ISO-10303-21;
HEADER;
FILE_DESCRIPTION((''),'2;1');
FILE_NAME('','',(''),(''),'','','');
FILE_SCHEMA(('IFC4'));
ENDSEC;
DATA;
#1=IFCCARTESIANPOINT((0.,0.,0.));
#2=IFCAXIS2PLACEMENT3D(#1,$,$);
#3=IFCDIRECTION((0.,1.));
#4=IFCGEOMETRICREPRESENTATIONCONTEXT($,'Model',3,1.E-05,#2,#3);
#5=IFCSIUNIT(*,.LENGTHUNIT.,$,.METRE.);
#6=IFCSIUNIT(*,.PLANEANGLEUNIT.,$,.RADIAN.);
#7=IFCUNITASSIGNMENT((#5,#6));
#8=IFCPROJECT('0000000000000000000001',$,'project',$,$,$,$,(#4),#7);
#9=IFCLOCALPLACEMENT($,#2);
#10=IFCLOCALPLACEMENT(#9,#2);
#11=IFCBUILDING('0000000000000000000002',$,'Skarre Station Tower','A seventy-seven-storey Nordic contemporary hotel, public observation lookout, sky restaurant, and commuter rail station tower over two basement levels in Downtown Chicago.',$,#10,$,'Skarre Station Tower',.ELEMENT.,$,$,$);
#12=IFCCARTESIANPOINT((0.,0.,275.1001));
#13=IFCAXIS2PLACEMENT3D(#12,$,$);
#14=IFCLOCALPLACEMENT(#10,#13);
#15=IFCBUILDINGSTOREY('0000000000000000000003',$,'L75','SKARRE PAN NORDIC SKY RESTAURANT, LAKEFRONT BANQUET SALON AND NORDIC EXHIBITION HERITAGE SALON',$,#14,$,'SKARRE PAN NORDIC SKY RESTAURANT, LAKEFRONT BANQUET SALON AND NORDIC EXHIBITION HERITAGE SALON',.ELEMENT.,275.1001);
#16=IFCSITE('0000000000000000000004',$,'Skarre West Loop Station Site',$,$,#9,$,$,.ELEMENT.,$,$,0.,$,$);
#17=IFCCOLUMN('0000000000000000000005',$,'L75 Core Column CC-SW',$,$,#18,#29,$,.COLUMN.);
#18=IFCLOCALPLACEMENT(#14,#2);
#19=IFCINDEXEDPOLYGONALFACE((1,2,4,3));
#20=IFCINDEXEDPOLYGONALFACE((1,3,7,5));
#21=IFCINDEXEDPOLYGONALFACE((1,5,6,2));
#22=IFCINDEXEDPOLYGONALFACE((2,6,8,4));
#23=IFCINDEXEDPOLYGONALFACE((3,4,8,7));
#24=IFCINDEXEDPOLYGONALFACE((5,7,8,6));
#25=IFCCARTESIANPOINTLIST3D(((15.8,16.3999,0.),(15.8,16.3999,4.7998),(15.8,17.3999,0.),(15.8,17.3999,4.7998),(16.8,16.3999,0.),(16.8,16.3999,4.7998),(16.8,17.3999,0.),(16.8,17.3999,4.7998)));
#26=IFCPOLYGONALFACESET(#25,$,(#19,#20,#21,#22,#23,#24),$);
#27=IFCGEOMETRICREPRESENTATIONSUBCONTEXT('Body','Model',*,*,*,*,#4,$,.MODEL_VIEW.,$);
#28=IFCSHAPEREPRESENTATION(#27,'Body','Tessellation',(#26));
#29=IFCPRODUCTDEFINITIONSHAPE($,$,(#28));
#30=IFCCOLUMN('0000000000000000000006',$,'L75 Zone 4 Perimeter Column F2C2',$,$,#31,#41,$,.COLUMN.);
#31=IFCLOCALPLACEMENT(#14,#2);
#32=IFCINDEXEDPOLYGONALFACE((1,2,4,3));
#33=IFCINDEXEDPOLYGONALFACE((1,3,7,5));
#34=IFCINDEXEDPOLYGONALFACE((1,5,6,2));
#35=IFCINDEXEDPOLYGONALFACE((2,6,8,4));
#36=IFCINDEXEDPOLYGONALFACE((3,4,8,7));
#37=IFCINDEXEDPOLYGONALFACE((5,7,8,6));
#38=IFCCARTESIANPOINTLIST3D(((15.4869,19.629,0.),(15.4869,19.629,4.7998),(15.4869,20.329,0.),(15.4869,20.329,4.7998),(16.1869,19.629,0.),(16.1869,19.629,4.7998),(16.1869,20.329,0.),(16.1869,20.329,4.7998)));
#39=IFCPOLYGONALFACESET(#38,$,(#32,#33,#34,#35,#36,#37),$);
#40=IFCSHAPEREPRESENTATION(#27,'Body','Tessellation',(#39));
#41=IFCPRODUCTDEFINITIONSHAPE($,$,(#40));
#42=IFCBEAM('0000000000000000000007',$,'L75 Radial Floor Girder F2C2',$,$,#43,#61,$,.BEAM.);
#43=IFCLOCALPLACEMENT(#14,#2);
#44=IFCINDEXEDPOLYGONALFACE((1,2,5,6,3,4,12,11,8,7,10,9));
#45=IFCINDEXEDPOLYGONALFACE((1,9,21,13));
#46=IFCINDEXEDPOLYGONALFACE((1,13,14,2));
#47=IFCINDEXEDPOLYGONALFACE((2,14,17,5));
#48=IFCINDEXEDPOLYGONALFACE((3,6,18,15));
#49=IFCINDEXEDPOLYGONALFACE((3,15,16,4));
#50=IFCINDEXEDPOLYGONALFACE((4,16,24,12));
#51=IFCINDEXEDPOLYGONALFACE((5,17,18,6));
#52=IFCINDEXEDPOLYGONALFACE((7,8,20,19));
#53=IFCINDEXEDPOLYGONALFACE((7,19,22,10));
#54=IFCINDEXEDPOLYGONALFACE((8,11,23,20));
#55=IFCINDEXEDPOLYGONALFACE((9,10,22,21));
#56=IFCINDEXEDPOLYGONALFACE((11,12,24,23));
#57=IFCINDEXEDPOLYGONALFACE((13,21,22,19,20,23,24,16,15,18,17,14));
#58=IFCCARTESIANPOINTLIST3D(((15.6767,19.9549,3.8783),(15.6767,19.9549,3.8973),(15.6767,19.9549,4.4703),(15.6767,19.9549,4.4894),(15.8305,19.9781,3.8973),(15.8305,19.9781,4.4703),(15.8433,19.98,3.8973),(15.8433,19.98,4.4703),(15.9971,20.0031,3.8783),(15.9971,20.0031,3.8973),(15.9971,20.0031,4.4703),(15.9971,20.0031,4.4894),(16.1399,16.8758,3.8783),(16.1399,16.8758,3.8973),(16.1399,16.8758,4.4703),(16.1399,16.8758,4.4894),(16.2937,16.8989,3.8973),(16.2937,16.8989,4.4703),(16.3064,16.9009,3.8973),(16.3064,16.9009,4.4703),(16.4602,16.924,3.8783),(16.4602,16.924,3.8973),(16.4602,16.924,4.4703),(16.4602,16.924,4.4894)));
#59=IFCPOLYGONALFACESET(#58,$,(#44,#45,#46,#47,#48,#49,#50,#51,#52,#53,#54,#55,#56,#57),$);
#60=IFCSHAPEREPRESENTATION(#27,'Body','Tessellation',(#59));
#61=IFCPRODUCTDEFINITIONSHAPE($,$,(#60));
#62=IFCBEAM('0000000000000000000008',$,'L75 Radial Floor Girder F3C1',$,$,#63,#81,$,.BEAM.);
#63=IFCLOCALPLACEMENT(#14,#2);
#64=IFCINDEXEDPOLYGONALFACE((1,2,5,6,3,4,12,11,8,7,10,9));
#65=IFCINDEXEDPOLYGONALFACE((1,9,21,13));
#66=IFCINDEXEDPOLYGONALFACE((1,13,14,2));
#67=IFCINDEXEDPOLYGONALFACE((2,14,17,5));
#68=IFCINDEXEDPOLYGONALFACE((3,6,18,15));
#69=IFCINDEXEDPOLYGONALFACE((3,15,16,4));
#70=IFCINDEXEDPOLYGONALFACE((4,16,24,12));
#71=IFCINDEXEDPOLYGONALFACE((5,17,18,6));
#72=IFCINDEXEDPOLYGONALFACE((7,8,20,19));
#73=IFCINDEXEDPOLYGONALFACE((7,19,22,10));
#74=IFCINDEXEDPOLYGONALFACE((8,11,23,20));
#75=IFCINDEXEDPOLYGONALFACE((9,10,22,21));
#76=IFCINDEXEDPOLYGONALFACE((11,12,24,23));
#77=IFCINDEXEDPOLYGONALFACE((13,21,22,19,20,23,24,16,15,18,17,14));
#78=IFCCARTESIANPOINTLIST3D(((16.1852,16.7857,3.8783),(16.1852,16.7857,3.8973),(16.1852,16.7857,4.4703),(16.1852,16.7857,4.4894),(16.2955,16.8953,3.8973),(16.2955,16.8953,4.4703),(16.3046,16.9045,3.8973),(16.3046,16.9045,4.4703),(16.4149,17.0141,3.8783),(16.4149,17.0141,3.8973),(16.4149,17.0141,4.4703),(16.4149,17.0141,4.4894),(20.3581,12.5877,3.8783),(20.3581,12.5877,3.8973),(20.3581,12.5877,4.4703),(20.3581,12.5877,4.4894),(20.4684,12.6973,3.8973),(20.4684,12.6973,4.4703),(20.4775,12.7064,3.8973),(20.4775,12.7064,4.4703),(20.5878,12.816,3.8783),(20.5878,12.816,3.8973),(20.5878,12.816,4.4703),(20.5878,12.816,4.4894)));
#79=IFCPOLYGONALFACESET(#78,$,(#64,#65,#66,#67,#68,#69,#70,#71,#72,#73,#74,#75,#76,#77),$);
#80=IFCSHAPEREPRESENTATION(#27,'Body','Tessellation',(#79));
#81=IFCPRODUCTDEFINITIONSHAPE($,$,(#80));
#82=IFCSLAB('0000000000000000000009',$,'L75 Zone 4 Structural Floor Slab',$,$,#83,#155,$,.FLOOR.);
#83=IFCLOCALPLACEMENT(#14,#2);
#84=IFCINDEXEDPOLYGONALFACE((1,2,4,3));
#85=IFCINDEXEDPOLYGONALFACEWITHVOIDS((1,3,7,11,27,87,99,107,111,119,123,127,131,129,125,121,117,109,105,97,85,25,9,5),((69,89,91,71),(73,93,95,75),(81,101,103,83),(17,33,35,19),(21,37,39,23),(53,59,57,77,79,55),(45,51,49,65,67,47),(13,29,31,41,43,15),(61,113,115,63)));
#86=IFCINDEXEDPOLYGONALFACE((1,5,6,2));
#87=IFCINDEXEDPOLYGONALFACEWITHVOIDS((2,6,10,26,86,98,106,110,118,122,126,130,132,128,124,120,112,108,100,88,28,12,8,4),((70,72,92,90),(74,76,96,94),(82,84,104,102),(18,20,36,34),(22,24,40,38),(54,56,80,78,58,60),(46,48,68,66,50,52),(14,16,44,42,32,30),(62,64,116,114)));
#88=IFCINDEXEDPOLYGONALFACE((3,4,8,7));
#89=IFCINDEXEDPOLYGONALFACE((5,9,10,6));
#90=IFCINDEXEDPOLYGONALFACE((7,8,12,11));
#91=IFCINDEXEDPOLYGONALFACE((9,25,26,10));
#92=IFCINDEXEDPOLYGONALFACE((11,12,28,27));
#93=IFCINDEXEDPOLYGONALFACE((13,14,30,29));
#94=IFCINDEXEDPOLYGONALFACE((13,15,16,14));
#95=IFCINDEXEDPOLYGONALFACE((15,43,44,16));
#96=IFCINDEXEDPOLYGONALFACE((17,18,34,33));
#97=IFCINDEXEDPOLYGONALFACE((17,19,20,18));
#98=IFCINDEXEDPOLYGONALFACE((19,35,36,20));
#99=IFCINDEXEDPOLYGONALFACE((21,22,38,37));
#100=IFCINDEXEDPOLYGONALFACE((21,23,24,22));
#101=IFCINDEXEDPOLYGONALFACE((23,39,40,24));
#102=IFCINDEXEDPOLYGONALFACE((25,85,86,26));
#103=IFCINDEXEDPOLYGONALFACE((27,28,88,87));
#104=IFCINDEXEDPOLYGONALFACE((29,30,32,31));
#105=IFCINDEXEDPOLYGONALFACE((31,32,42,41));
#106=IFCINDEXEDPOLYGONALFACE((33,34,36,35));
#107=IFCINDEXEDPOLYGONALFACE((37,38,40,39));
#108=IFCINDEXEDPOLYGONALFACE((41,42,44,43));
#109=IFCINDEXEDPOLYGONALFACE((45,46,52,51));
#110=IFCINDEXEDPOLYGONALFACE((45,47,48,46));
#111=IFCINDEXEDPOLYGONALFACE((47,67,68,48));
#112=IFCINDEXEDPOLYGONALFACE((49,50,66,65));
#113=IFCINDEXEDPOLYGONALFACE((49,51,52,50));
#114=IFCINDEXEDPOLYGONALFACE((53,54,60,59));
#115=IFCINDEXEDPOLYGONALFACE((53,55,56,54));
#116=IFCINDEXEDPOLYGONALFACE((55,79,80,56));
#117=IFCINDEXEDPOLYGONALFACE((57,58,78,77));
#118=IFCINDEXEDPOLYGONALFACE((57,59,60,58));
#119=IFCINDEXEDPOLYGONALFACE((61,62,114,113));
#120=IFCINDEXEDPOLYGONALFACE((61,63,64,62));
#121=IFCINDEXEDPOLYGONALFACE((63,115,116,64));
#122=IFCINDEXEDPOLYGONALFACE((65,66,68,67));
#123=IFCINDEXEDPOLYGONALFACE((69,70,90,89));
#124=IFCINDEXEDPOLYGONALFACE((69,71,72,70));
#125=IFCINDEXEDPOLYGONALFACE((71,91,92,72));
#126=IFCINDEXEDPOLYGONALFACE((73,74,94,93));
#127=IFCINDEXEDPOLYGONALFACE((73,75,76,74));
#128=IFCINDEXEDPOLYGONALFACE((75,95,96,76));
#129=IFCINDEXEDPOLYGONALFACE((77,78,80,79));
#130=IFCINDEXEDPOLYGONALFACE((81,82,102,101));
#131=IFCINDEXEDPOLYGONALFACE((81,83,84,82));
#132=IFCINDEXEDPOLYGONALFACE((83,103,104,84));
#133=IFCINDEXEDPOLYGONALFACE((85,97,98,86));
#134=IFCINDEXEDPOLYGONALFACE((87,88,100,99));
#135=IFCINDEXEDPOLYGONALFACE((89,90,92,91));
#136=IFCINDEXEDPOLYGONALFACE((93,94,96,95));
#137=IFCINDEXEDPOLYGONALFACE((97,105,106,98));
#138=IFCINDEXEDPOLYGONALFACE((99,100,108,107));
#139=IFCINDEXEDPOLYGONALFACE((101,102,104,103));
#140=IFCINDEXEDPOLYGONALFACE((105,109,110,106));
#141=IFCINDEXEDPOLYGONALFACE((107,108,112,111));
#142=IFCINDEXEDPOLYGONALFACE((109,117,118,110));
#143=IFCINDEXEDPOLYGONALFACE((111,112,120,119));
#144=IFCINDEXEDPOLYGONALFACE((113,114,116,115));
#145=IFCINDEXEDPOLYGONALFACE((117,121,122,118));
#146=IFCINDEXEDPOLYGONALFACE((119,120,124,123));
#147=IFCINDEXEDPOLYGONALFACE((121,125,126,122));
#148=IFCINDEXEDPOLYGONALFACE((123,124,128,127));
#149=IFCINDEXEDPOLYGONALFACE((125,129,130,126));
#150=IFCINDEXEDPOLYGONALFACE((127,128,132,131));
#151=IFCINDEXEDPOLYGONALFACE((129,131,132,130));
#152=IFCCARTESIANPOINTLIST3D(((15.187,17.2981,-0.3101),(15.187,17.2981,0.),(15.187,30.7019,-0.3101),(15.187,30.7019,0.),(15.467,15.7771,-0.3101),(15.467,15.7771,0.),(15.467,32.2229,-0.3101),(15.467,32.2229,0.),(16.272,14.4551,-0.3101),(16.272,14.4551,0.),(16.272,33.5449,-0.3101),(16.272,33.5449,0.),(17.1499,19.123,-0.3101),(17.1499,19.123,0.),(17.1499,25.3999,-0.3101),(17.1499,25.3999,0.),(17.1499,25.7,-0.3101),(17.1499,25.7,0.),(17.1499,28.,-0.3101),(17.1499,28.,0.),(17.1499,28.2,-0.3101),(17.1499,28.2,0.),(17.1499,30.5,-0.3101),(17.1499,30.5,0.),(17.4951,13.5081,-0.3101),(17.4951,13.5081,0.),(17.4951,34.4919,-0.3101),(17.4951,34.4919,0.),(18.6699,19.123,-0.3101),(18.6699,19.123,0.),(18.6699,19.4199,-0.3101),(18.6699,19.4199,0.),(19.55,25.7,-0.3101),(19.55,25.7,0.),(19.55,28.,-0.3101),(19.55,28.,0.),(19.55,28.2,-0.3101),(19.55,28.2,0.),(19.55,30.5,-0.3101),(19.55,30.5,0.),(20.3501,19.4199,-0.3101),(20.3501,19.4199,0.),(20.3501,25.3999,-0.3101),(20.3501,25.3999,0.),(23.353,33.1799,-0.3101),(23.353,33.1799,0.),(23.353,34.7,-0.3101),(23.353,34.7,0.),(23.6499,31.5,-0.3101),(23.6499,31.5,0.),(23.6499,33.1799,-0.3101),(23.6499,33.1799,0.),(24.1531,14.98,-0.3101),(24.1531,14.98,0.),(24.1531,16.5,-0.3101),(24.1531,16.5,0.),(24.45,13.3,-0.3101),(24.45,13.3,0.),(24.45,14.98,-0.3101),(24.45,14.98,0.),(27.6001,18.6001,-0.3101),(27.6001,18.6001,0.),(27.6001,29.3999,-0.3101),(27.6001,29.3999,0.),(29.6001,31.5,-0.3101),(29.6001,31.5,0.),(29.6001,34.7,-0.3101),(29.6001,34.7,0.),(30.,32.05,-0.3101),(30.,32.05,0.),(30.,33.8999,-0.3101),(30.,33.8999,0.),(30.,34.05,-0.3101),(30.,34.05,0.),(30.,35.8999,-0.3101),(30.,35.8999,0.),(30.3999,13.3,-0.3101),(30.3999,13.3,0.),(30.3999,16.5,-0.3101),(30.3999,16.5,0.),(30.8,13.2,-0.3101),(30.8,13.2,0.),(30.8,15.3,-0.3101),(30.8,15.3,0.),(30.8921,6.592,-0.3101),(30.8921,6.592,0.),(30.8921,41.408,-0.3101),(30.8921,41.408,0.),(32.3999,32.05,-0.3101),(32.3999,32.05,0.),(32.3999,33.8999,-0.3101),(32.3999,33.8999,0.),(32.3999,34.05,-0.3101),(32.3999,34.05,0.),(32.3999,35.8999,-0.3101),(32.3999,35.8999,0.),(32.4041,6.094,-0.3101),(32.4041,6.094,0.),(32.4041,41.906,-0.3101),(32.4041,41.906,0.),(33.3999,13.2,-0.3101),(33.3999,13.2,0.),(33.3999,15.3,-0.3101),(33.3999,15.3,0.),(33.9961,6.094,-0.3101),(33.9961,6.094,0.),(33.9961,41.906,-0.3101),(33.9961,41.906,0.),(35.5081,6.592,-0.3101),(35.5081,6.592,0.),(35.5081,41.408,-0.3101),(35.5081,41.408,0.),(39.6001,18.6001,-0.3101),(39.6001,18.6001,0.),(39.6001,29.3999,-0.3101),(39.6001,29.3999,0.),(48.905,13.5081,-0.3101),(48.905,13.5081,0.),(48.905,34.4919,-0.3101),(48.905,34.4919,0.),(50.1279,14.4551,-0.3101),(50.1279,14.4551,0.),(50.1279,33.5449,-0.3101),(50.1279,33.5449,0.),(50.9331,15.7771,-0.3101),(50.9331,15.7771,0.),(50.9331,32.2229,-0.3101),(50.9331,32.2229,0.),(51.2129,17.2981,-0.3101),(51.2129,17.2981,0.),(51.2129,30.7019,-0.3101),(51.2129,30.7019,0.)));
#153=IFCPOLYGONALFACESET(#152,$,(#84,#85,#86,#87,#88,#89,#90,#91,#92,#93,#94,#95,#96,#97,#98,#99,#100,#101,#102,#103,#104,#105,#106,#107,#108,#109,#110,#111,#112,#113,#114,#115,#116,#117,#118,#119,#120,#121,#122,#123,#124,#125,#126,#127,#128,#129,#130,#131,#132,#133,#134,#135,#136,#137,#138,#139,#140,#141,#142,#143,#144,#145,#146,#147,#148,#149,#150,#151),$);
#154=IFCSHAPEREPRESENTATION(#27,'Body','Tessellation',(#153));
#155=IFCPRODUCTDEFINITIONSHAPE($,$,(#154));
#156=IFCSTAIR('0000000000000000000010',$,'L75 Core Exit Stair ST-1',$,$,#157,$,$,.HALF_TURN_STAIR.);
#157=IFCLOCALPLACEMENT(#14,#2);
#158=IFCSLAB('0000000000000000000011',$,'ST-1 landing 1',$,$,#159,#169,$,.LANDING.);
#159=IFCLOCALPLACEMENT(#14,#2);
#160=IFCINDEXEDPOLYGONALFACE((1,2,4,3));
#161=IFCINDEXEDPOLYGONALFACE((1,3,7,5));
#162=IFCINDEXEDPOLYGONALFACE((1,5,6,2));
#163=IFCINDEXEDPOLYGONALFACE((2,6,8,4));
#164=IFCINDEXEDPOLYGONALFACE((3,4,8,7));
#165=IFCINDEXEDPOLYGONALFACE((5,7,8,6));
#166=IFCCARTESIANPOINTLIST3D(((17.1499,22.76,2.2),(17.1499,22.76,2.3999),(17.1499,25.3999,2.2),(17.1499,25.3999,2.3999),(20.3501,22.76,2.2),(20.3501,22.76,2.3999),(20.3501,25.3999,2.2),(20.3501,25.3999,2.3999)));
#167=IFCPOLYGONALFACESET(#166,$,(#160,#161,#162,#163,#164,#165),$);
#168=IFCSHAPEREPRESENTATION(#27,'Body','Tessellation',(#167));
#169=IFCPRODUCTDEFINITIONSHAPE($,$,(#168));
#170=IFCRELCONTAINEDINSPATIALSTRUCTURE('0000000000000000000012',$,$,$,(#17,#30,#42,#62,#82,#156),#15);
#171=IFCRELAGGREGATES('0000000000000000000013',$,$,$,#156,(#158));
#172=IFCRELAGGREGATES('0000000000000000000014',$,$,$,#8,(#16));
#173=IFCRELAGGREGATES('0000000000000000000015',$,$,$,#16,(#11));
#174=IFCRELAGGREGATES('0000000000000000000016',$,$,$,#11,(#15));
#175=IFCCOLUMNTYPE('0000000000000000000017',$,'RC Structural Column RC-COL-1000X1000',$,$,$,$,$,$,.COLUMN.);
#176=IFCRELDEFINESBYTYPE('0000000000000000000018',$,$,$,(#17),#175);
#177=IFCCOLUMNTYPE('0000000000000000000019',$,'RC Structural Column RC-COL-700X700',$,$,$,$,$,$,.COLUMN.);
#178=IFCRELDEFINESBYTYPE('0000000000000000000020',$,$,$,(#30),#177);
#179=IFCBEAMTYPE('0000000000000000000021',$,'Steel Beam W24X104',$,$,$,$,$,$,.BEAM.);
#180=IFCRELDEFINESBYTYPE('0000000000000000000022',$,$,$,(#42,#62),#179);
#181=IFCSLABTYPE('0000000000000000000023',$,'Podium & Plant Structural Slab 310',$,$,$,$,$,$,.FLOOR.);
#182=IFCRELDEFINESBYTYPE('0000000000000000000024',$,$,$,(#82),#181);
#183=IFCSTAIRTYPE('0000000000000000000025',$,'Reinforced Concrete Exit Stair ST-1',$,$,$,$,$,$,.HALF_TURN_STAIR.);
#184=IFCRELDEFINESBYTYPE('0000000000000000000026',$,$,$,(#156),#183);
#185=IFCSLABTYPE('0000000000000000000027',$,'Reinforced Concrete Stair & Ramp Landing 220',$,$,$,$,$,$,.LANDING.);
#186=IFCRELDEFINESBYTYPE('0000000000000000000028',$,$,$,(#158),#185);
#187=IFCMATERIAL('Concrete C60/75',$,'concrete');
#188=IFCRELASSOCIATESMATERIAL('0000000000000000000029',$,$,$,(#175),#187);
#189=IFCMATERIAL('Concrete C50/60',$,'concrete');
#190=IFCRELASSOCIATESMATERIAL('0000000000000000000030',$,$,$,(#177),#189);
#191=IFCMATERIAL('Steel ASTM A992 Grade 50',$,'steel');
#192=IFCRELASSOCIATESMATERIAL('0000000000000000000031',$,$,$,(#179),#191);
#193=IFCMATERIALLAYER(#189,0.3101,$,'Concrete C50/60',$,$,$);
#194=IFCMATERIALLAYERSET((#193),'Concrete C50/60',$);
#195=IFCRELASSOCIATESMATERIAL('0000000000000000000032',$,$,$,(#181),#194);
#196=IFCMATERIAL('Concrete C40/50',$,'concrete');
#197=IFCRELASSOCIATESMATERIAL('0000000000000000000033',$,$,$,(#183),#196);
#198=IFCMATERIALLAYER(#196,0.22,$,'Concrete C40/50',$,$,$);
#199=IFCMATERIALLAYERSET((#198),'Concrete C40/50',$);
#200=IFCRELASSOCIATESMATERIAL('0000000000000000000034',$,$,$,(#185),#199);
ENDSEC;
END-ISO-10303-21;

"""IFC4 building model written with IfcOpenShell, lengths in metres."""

from ifc_helpers import new_model, si_unit, direction, frame, origin, origin_2d, place, context, subcontext, project, spatial, polyline, rectangle, i_section, outline, extrude, material, layer, layer_set, material_profile, profile_set, type_object, element, aggregate, save


model = new_model("IFC4")

# Units and contexts
model_context = context("Model", 3, precision=1e-05, world=origin(), true_north=direction((0.0, 1.0)))
body_context = subcontext(model_context, "Body", "Model", "MODEL_VIEW")
ifc_project = project(units=[si_unit("LENGTHUNIT", "METRE"), si_unit("PLANEANGLEUNIT", "RADIAN")], contexts=[model_context])

# Site, building, storey
site_placement = place(None, origin())
site = spatial("IfcSite", under=ifc_project, at=site_placement, Name="Skarre West Loop Station Site", CompositionType="ELEMENT", RefElevation=0.0)
building_placement = place(site_placement, origin())
building = spatial("IfcBuilding", under=site, at=building_placement, Name="Skarre Station Tower", Description="A seventy-seven-storey Nordic contemporary hotel, public observation lookout, sky restaurant, and commuter rail station tower over two basement levels in Downtown Chicago.", LongName="Skarre Station Tower", CompositionType="ELEMENT")
storey_placement = place(building_placement, frame((0.0, 0.0, 275.1001)))
storey = spatial("IfcBuildingStorey", under=building, at=storey_placement, Name="L75", Description="SKARRE PAN NORDIC SKY RESTAURANT, LAKEFRONT BANQUET SALON AND NORDIC EXHIBITION HERITAGE SALON", LongName="SKARRE PAN NORDIC SKY RESTAURANT, LAKEFRONT BANQUET SALON AND NORDIC EXHIBITION HERITAGE SALON", CompositionType="ELEMENT", Elevation=275.1001)

# Columns
ifc_material_1 = material(Name="Concrete C60/75", Category="concrete")
ifc_material_profile_1 = material_profile(ifc_material_1, rectangle(XDim=1.0, YDim=1.0, at=origin_2d()), Name="Concrete C60/75")
ifc_profile_set_1 = profile_set([ifc_material_profile_1], Name="Concrete C60/75")
column_type_1 = type_object("IfcColumnType", Name="RC Structural Column RC-COL-1000X1000", PredefinedType="COLUMN", material=ifc_profile_set_1)
column_1_placement = place(storey_placement, frame((16.3, 16.8999, 0.0), z_axis=(0.0, 0.0, 1.0), x_axis=(1.0, 0.0, 0.0)))
element("IfcColumn", 1, at=column_1_placement, inside=storey, type_object=column_type_1, Name="L75 Core Column CC-SW", PredefinedType="COLUMN", context=body_context, shape_type="SweptSolid", body=[
    extrude(rectangle(XDim=1.0, YDim=1.0, at=origin_2d()), origin(), (0.0, 0.0, 1.0), 4.7998),
])
ifc_material_2 = material(Name="Concrete C50/60", Category="concrete")
ifc_material_profile_2 = material_profile(ifc_material_2, rectangle(XDim=0.7, YDim=0.7, at=origin_2d()), Name="Concrete C50/60")
ifc_profile_set_2 = profile_set([ifc_material_profile_2], Name="Concrete C50/60")
column_type_2 = type_object("IfcColumnType", Name="RC Structural Column RC-COL-700X700", PredefinedType="COLUMN", material=ifc_profile_set_2)
column_2_placement = place(storey_placement, frame((15.8369, 19.979, 0.0), z_axis=(0.0, 0.0, 1.0), x_axis=(1.0, 0.0, 0.0)))
element("IfcColumn", 2, at=column_2_placement, inside=storey, type_object=column_type_2, Name="L75 Zone 4 Perimeter Column F2C2", PredefinedType="COLUMN", context=body_context, shape_type="SweptSolid", body=[
    extrude(rectangle(XDim=0.7, YDim=0.7, at=origin_2d()), origin(), (0.0, 0.0, 1.0), 4.7998),
])

# Beams
ifc_material_3 = material(Name="Steel ASTM A992 Grade 50", Category="steel")
ifc_material_profile_3 = material_profile(ifc_material_3, i_section(OverallWidth=0.324, OverallDepth=0.6111, WebThickness=0.0129, FlangeThickness=0.019, at=origin_2d()), Name="Steel ASTM A992 Grade 50")
ifc_profile_set_3 = profile_set([ifc_material_profile_3], Name="Steel ASTM A992 Grade 50")
beam_type = type_object("IfcBeamType", Name="Steel Beam W24X104", PredefinedType="BEAM", material=ifc_profile_set_3)
beam_1_placement = place(storey_placement, frame((16.3, 16.8999, 4.1838), z_axis=(-0.148739, 0.988876, 0.0), x_axis=(-0.988876, -0.148739, 0.0)))
element("IfcBeam", 3, at=beam_1_placement, inside=storey, type_object=beam_type, Name="L75 Radial Floor Girder F2C2", PredefinedType="BEAM", context=body_context, shape_type="SweptSolid", body=[
    extrude(i_section(OverallWidth=0.324, OverallDepth=0.6111, WebThickness=0.0129, FlangeThickness=0.019, at=origin_2d()), origin(), (0.0, 0.0, 1.0), 3.1138),
])
beam_2_placement = place(storey_placement, frame((16.3, 16.8999, 4.1838), z_axis=(0.704979, -0.709228, 0.0), x_axis=(0.709228, 0.704979, 0.0)))
element("IfcBeam", 4, at=beam_2_placement, inside=storey, type_object=beam_type, Name="L75 Radial Floor Girder F3C1", PredefinedType="BEAM", context=body_context, shape_type="SweptSolid", body=[
    extrude(i_section(OverallWidth=0.324, OverallDepth=0.6111, WebThickness=0.0129, FlangeThickness=0.019, at=origin_2d()), origin(), (0.0, 0.0, 1.0), 5.9192),
])

# Slab
ifc_layer_1 = layer(ifc_material_2, 0.3101, Name="Concrete C50/60")
ifc_layer_set_1 = layer_set([ifc_layer_1], Name="Concrete C50/60")
slab_type_1 = type_object("IfcSlabType", Name="Podium & Plant Structural Slab 310", PredefinedType="FLOOR", material=ifc_layer_set_1)
slab_1_placement = place(storey_placement, frame((0.0, 0.0, -0.3101)))
element("IfcSlab", 5, at=slab_1_placement, inside=storey, type_object=slab_type_1, Name="L75 Zone 4 Structural Floor Slab", PredefinedType="FLOOR", context=body_context, shape_type="SweptSolid", body=[
    extrude(outline(polyline([(51.2129, 30.7019), (50.9331, 32.2229), (50.1279, 33.5449), (48.905, 34.4919), (35.5081, 41.408), (33.9961, 41.906), (32.4041, 41.906), (30.8921, 41.408), (17.4951, 34.4919), (16.272, 33.5449), (15.467, 32.2229), (15.187, 30.7019), (15.187, 17.2981), (15.467, 15.7771), (16.272, 14.4551), (17.4951, 13.5081), (30.8921, 6.592), (32.4041, 6.094), (33.9961, 6.094), (35.5081, 6.592), (48.905, 13.5081), (50.1279, 14.4551), (50.9331, 15.7771), (51.2129, 17.2981), (51.2129, 30.7019)]), holes=[polyline([(18.6699, 19.4199), (18.6699, 19.123), (17.1499, 19.123), (17.1499, 25.3999), (20.3501, 25.3999), (20.3501, 19.4199), (18.6699, 19.4199)]), polyline([(24.45, 14.98), (24.1531, 14.98), (24.1531, 16.5), (30.3999, 16.5), (30.3999, 13.3), (24.45, 13.3), (24.45, 14.98)]), polyline([(23.6499, 33.1799), (23.353, 33.1799), (23.353, 34.7), (29.6001, 34.7), (29.6001, 31.5), (23.6499, 31.5), (23.6499, 33.1799)]), polyline([(17.1499, 28.0), (19.55, 28.0), (19.55, 25.7), (17.1499, 25.7), (17.1499, 28.0)]), polyline([(17.1499, 30.5), (19.55, 30.5), (19.55, 28.2), (17.1499, 28.2), (17.1499, 30.5)]), polyline([(30.8, 15.3), (33.3999, 15.3), (33.3999, 13.2), (30.8, 13.2), (30.8, 15.3)]), polyline([(30.0, 33.8999), (32.3999, 33.8999), (32.3999, 32.05), (30.0, 32.05), (30.0, 33.8999)]), polyline([(30.0, 35.8999), (32.3999, 35.8999), (32.3999, 34.05), (30.0, 34.05), (30.0, 35.8999)]), polyline([(27.6001, 29.3999), (39.6001, 29.3999), (39.6001, 18.6001), (27.6001, 18.6001), (27.6001, 29.3999)])]), origin(), (0.0, 0.0, 1.0), 0.3101),
])

# Stair, slab
ifc_material_4 = material(Name="Concrete C40/50", Category="concrete")
stair_type_1 = type_object("IfcStairType", Name="Reinforced Concrete Exit Stair ST-1", PredefinedType="HALF_TURN_STAIR", material=ifc_material_4)
stair_1_placement = place(storey_placement, origin())
stair_1 = element("IfcStair", 6, at=stair_1_placement, inside=storey, type_object=stair_type_1, Name="L75 Core Exit Stair ST-1", PredefinedType="HALF_TURN_STAIR")
ifc_layer_2 = layer(ifc_material_4, 0.22, Name="Concrete C40/50")
ifc_layer_set_2 = layer_set([ifc_layer_2], Name="Concrete C40/50")
slab_type_2 = type_object("IfcSlabType", Name="Reinforced Concrete Stair & Ramp Landing 220", PredefinedType="LANDING", material=ifc_layer_set_2)
slab_2_placement = place(storey_placement, frame((0.0, 0.0, 2.2)))
slab_2 = element("IfcSlab", 7, at=slab_2_placement, type_object=slab_type_2, Name="ST-1 landing 1", PredefinedType="LANDING", context=body_context, shape_type="SweptSolid", body=[
    extrude(outline(polyline([(20.3501, 22.76), (20.3501, 25.3999), (17.1499, 25.3999), (17.1499, 22.76), (20.3501, 22.76)])), origin(), (0.0, 0.0, 1.0), 0.2),
])
aggregate(stair_1, [slab_2])

save(model, "model.ifc")
